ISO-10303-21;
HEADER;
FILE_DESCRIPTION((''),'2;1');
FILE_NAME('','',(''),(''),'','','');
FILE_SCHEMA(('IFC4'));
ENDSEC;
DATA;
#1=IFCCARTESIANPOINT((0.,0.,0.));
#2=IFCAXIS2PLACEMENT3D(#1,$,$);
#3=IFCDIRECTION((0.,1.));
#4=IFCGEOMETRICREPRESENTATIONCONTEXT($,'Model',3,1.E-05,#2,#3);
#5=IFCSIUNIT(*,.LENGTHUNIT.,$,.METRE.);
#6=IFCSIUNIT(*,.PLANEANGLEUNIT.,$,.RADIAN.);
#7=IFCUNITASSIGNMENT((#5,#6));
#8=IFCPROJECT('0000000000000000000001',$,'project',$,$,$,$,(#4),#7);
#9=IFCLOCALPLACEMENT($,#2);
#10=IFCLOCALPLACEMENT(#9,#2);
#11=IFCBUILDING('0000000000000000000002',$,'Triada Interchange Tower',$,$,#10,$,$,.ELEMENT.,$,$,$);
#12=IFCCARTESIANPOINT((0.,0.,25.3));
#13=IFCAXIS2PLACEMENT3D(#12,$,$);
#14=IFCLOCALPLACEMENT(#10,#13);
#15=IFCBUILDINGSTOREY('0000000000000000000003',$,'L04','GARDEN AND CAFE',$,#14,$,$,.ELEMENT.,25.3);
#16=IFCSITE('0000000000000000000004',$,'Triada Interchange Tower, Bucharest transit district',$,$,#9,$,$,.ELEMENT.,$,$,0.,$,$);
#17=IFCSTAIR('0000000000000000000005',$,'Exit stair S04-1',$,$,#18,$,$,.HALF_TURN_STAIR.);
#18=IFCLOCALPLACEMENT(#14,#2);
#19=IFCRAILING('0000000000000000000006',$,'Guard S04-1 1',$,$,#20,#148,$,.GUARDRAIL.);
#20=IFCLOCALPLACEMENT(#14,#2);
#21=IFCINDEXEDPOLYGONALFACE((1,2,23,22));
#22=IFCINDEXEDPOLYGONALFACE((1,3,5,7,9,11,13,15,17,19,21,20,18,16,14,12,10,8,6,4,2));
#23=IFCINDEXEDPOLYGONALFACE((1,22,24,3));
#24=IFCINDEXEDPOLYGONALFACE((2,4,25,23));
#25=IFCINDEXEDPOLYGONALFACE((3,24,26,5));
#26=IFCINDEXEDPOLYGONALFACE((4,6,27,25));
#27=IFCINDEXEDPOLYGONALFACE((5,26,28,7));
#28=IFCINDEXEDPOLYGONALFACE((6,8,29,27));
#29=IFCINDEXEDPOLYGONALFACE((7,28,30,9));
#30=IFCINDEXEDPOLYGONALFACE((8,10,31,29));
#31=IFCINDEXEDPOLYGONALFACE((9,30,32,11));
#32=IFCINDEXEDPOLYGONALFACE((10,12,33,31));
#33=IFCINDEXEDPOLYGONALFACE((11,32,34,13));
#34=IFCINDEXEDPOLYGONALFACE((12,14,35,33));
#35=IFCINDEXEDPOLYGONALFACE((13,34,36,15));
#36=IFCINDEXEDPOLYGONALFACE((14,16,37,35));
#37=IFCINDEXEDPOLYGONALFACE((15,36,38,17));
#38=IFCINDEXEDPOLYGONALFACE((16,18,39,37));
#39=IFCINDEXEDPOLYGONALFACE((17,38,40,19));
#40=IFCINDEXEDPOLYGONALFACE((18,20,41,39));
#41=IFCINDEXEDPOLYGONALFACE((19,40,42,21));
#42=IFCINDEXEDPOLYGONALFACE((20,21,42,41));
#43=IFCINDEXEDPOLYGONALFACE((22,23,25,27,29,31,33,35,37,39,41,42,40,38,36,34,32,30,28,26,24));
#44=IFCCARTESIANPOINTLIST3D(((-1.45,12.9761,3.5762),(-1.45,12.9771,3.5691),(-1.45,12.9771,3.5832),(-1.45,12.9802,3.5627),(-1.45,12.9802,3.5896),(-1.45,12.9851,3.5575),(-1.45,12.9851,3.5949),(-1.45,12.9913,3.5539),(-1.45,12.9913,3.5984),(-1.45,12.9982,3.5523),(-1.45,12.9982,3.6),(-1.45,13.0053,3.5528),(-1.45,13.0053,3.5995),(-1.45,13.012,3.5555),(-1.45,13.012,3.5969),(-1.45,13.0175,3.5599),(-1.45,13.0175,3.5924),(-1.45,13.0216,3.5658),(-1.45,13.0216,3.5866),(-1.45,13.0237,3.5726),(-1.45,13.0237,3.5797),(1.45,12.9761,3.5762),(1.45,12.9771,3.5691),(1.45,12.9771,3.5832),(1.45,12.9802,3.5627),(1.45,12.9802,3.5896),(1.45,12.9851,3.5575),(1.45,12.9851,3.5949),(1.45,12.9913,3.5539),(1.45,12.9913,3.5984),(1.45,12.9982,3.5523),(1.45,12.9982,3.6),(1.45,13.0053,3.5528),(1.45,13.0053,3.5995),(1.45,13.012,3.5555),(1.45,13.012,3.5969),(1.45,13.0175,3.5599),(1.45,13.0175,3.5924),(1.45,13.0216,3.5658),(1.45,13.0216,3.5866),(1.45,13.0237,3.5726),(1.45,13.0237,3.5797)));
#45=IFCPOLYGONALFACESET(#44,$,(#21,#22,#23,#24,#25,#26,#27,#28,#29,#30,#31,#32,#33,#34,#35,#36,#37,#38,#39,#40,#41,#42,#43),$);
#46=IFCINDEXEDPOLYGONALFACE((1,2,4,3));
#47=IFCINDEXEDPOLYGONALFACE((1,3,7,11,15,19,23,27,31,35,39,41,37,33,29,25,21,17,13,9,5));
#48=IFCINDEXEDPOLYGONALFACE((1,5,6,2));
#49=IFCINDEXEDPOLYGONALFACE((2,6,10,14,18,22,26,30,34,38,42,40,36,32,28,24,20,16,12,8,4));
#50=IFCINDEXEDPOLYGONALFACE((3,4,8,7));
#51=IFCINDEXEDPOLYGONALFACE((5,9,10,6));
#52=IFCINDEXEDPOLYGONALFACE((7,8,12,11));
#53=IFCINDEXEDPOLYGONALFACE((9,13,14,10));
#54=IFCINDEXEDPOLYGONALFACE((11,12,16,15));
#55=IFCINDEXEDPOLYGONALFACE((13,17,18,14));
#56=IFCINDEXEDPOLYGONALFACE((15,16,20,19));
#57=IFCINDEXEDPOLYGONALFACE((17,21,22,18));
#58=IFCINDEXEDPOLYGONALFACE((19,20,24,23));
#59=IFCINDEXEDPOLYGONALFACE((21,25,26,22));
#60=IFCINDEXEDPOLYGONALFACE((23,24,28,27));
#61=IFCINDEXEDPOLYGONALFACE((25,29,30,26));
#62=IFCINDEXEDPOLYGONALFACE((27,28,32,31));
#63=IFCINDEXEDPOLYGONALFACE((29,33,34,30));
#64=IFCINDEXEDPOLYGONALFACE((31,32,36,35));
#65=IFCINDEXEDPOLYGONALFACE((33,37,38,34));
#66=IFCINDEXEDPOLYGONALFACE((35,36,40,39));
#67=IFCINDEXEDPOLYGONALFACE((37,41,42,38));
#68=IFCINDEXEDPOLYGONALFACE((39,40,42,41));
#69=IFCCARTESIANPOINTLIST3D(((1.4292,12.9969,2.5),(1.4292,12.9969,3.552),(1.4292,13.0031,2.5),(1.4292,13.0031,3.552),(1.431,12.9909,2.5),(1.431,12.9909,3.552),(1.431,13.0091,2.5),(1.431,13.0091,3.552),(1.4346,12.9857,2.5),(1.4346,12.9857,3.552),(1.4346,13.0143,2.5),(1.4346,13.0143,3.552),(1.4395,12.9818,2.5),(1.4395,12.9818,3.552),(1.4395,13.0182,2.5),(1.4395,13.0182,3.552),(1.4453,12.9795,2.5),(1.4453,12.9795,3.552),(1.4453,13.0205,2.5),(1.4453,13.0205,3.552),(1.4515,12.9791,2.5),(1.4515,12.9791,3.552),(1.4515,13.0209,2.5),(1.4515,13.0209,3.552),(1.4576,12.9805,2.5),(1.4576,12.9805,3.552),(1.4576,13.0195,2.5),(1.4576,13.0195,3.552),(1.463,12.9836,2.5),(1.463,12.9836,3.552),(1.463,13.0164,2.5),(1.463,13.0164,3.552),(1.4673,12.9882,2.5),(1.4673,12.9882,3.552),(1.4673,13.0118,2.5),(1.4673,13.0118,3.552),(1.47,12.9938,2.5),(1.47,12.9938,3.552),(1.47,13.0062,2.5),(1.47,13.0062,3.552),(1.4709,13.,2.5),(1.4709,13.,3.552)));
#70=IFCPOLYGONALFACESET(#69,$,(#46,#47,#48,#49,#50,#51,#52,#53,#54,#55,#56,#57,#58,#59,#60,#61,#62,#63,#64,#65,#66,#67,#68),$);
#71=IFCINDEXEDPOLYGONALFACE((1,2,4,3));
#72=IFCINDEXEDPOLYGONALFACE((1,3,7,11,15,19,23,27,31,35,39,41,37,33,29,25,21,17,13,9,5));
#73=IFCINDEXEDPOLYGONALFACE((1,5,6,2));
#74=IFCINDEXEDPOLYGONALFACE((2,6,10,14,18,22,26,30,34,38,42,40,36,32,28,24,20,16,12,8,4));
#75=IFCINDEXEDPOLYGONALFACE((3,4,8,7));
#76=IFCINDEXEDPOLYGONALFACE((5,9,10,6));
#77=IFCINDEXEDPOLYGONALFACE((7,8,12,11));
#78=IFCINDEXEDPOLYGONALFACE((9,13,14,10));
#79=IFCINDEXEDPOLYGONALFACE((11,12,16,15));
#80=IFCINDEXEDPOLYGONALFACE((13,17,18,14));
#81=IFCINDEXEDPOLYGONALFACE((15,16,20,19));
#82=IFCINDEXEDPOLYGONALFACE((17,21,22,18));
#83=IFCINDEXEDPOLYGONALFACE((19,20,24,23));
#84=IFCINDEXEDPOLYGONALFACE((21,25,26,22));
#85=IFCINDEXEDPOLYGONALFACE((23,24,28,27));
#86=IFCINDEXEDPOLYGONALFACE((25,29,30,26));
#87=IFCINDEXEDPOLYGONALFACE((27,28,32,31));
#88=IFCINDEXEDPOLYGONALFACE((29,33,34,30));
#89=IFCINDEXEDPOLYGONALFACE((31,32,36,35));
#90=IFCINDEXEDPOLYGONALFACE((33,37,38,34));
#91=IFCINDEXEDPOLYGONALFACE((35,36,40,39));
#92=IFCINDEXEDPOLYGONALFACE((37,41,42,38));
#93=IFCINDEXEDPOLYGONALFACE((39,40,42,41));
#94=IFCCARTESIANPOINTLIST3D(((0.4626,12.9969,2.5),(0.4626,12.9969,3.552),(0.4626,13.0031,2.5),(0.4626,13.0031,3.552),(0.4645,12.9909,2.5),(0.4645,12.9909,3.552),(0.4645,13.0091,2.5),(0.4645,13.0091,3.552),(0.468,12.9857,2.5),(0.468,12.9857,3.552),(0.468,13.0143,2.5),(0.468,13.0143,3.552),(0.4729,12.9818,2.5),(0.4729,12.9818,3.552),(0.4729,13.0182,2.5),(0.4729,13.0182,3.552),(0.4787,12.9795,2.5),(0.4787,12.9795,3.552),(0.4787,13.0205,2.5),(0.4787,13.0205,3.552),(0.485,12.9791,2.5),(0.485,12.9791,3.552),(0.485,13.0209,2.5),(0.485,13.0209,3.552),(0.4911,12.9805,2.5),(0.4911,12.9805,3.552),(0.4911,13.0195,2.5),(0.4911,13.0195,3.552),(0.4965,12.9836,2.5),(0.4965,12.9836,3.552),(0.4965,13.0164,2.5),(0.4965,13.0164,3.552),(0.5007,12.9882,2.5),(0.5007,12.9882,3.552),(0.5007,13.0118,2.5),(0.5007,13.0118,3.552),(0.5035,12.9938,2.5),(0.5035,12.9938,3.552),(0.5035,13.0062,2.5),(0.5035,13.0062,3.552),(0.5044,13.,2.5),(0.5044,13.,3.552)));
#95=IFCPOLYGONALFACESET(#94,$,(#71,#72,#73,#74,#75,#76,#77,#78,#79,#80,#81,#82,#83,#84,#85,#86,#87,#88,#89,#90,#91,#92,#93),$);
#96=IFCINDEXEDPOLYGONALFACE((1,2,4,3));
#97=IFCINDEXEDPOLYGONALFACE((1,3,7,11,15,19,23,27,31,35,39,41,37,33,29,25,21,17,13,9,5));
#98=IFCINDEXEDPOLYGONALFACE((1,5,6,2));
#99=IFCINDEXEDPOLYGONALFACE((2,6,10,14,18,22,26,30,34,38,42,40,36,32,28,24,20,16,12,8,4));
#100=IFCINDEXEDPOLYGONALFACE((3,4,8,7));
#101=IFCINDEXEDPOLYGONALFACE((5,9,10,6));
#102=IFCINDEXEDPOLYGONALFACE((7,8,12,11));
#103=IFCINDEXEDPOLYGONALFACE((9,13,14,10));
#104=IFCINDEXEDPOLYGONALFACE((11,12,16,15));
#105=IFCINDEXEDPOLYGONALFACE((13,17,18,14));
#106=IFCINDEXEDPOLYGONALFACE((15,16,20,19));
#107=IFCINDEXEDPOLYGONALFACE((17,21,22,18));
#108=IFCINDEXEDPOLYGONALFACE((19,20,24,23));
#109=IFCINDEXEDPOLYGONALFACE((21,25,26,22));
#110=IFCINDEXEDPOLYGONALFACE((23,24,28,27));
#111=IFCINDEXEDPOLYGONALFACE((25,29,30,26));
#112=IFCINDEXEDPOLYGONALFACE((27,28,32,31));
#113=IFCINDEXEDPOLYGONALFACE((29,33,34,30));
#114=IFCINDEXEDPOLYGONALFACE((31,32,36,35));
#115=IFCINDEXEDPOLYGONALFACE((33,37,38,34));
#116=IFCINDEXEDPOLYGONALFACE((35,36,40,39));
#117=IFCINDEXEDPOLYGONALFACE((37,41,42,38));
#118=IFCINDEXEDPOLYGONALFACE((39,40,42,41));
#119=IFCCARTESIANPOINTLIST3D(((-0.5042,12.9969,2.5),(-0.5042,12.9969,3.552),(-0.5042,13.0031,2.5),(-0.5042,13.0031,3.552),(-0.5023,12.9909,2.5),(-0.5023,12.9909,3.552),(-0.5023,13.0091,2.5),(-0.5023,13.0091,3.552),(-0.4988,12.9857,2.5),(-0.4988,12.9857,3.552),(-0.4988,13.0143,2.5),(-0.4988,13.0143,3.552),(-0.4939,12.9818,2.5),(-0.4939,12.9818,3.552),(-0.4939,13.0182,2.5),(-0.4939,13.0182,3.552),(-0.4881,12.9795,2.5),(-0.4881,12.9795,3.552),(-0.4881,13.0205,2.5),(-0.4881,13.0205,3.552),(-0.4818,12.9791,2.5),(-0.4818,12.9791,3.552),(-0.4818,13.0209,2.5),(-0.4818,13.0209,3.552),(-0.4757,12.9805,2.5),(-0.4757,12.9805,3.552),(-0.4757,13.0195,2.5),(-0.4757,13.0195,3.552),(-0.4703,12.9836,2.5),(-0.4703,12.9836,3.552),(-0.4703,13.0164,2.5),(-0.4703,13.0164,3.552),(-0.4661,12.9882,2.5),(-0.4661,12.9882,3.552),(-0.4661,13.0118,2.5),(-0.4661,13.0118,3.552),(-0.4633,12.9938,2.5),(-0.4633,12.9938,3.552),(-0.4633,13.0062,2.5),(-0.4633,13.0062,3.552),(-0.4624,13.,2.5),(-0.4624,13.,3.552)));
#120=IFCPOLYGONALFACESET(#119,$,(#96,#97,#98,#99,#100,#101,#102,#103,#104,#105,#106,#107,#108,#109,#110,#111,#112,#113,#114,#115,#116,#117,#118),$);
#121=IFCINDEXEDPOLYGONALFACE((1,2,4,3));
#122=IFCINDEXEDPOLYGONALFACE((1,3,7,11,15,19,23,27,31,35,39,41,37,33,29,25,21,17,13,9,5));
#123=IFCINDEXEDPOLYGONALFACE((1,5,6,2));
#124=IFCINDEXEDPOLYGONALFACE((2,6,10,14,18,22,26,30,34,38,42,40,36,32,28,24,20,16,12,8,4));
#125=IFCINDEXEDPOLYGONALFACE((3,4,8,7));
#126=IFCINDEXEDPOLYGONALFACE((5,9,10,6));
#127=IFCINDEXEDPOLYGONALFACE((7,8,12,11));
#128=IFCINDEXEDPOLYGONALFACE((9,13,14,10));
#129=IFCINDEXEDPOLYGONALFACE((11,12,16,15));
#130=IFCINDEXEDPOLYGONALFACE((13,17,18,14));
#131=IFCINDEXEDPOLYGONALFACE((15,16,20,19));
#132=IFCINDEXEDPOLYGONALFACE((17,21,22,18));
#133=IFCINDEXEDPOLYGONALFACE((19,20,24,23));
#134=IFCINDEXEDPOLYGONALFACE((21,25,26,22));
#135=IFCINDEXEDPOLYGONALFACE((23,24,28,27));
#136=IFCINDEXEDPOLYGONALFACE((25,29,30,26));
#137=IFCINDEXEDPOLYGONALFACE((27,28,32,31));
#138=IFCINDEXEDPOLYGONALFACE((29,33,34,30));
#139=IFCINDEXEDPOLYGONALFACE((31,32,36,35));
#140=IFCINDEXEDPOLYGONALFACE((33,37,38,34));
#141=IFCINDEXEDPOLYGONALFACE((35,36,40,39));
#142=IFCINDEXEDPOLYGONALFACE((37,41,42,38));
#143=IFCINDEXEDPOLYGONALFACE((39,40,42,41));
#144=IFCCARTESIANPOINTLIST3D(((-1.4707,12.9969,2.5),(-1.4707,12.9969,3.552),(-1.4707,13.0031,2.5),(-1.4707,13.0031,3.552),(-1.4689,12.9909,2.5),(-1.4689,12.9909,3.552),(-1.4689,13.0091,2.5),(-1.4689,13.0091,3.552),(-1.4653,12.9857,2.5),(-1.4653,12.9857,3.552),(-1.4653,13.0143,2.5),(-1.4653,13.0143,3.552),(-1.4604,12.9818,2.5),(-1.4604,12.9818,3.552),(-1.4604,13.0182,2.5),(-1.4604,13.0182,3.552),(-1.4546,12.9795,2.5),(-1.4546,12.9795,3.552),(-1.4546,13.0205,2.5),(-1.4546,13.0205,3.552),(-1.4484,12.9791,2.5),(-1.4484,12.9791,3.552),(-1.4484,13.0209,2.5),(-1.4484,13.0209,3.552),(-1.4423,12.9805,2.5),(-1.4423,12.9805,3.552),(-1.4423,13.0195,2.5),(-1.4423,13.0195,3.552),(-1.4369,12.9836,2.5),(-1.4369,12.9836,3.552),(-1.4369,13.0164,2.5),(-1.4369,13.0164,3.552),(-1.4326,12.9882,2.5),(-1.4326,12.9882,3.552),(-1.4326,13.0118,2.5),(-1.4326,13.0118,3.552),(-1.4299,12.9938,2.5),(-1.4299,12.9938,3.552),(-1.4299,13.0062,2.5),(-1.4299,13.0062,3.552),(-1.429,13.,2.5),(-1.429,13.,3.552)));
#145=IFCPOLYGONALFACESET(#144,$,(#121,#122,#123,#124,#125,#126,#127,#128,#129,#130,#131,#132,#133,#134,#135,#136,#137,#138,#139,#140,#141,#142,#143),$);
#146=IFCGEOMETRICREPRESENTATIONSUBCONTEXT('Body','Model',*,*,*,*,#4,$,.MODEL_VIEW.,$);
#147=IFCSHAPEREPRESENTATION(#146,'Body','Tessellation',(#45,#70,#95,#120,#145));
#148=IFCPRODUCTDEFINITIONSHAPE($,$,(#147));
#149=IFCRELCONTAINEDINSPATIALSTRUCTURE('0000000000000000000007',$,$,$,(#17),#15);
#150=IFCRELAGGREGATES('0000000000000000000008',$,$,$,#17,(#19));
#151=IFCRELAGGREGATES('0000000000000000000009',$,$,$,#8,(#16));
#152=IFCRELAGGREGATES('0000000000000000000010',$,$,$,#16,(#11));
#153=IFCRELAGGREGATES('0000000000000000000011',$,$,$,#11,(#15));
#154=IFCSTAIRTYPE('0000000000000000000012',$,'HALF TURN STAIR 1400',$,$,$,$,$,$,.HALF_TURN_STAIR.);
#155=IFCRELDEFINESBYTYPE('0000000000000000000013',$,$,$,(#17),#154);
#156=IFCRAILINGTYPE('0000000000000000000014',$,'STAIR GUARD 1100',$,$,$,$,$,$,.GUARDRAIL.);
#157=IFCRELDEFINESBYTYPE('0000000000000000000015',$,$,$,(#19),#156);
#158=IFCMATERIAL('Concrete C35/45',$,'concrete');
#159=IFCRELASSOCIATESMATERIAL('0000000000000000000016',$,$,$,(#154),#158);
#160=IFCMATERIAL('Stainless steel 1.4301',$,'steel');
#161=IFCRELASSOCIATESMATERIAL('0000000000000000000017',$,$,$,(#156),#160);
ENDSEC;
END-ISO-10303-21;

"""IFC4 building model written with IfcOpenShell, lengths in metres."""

from ifc_helpers import new_model, si_unit, direction, frame, origin, origin_2d, place, context, subcontext, project, spatial, circle, extrude, material, type_object, element, aggregate, save


model = new_model("IFC4")

# Units and contexts
model_context = context("Model", 3, precision=1e-05, world=origin(), true_north=direction((0.0, 1.0)))
body_context = subcontext(model_context, "Body", "Model", "MODEL_VIEW")
ifc_project = project(units=[si_unit("LENGTHUNIT", "METRE"), si_unit("PLANEANGLEUNIT", "RADIAN")], contexts=[model_context])

# Site, building, storey
site_placement = place(None, origin())
site = spatial("IfcSite", under=ifc_project, at=site_placement, Name="Triada Interchange Tower, Bucharest transit district", CompositionType="ELEMENT", RefElevation=0.0)
building_placement = place(site_placement, origin())
building = spatial("IfcBuilding", under=site, at=building_placement, Name="Triada Interchange Tower", CompositionType="ELEMENT")
storey_placement = place(building_placement, frame((0.0, 0.0, 25.3)))
storey = spatial("IfcBuildingStorey", under=building, at=storey_placement, Name="L04", Description="GARDEN AND CAFE", CompositionType="ELEMENT", Elevation=25.3)

# Shared definitions
ifc_material_1 = material(Name="Concrete C35/45", Category="concrete")

# Stair, railing
stair_type = type_object("IfcStairType", Name="HALF TURN STAIR 1400", PredefinedType="HALF_TURN_STAIR", material=ifc_material_1)
stair_placement = place(storey_placement, origin())
stair = element("IfcStair", 1, at=stair_placement, inside=storey, type_object=stair_type, Name="Exit stair S04-1", PredefinedType="HALF_TURN_STAIR")
ifc_material_2 = material(Name="Stainless steel 1.4301", Category="steel")
railing_type_1 = type_object("IfcRailingType", Name="STAIR GUARD 1100", PredefinedType="GUARDRAIL", material=ifc_material_2)
railing_1_placement = place(storey_placement, frame((1.45, 13.0, 2.5)))
railing_1 = element("IfcRailing", 2, at=railing_1_placement, type_object=railing_type_1, Name="Guard S04-1 1", PredefinedType="GUARDRAIL", context=body_context, shape_type="SweptSolid", body=[
    extrude(circle(Radius=0.0239, at=origin_2d()), frame((0.0, 0.0, 1.0762), z_axis=(-1.0, 0.0, 0.0), x_axis=(0.0, -1.0, 0.0)), (0.0, 0.0, 1.0), 2.8999),
    extrude(circle(Radius=0.021, at=origin_2d()), origin(), (0.0, 0.0, 1.0), 1.052),
    extrude(circle(Radius=0.021, at=origin_2d()), frame((-0.9666, 0.0, 0.0)), (0.0, 0.0, 1.0), 1.052),
    extrude(circle(Radius=0.021, at=origin_2d()), frame((-1.9333, 0.0, 0.0)), (0.0, 0.0, 1.0), 1.052),
    extrude(circle(Radius=0.021, at=origin_2d()), frame((-2.8999, 0.0, 0.0)), (0.0, 0.0, 1.0), 1.052),
])
aggregate(stair, [railing_1])

save(model, "model.ifc")
